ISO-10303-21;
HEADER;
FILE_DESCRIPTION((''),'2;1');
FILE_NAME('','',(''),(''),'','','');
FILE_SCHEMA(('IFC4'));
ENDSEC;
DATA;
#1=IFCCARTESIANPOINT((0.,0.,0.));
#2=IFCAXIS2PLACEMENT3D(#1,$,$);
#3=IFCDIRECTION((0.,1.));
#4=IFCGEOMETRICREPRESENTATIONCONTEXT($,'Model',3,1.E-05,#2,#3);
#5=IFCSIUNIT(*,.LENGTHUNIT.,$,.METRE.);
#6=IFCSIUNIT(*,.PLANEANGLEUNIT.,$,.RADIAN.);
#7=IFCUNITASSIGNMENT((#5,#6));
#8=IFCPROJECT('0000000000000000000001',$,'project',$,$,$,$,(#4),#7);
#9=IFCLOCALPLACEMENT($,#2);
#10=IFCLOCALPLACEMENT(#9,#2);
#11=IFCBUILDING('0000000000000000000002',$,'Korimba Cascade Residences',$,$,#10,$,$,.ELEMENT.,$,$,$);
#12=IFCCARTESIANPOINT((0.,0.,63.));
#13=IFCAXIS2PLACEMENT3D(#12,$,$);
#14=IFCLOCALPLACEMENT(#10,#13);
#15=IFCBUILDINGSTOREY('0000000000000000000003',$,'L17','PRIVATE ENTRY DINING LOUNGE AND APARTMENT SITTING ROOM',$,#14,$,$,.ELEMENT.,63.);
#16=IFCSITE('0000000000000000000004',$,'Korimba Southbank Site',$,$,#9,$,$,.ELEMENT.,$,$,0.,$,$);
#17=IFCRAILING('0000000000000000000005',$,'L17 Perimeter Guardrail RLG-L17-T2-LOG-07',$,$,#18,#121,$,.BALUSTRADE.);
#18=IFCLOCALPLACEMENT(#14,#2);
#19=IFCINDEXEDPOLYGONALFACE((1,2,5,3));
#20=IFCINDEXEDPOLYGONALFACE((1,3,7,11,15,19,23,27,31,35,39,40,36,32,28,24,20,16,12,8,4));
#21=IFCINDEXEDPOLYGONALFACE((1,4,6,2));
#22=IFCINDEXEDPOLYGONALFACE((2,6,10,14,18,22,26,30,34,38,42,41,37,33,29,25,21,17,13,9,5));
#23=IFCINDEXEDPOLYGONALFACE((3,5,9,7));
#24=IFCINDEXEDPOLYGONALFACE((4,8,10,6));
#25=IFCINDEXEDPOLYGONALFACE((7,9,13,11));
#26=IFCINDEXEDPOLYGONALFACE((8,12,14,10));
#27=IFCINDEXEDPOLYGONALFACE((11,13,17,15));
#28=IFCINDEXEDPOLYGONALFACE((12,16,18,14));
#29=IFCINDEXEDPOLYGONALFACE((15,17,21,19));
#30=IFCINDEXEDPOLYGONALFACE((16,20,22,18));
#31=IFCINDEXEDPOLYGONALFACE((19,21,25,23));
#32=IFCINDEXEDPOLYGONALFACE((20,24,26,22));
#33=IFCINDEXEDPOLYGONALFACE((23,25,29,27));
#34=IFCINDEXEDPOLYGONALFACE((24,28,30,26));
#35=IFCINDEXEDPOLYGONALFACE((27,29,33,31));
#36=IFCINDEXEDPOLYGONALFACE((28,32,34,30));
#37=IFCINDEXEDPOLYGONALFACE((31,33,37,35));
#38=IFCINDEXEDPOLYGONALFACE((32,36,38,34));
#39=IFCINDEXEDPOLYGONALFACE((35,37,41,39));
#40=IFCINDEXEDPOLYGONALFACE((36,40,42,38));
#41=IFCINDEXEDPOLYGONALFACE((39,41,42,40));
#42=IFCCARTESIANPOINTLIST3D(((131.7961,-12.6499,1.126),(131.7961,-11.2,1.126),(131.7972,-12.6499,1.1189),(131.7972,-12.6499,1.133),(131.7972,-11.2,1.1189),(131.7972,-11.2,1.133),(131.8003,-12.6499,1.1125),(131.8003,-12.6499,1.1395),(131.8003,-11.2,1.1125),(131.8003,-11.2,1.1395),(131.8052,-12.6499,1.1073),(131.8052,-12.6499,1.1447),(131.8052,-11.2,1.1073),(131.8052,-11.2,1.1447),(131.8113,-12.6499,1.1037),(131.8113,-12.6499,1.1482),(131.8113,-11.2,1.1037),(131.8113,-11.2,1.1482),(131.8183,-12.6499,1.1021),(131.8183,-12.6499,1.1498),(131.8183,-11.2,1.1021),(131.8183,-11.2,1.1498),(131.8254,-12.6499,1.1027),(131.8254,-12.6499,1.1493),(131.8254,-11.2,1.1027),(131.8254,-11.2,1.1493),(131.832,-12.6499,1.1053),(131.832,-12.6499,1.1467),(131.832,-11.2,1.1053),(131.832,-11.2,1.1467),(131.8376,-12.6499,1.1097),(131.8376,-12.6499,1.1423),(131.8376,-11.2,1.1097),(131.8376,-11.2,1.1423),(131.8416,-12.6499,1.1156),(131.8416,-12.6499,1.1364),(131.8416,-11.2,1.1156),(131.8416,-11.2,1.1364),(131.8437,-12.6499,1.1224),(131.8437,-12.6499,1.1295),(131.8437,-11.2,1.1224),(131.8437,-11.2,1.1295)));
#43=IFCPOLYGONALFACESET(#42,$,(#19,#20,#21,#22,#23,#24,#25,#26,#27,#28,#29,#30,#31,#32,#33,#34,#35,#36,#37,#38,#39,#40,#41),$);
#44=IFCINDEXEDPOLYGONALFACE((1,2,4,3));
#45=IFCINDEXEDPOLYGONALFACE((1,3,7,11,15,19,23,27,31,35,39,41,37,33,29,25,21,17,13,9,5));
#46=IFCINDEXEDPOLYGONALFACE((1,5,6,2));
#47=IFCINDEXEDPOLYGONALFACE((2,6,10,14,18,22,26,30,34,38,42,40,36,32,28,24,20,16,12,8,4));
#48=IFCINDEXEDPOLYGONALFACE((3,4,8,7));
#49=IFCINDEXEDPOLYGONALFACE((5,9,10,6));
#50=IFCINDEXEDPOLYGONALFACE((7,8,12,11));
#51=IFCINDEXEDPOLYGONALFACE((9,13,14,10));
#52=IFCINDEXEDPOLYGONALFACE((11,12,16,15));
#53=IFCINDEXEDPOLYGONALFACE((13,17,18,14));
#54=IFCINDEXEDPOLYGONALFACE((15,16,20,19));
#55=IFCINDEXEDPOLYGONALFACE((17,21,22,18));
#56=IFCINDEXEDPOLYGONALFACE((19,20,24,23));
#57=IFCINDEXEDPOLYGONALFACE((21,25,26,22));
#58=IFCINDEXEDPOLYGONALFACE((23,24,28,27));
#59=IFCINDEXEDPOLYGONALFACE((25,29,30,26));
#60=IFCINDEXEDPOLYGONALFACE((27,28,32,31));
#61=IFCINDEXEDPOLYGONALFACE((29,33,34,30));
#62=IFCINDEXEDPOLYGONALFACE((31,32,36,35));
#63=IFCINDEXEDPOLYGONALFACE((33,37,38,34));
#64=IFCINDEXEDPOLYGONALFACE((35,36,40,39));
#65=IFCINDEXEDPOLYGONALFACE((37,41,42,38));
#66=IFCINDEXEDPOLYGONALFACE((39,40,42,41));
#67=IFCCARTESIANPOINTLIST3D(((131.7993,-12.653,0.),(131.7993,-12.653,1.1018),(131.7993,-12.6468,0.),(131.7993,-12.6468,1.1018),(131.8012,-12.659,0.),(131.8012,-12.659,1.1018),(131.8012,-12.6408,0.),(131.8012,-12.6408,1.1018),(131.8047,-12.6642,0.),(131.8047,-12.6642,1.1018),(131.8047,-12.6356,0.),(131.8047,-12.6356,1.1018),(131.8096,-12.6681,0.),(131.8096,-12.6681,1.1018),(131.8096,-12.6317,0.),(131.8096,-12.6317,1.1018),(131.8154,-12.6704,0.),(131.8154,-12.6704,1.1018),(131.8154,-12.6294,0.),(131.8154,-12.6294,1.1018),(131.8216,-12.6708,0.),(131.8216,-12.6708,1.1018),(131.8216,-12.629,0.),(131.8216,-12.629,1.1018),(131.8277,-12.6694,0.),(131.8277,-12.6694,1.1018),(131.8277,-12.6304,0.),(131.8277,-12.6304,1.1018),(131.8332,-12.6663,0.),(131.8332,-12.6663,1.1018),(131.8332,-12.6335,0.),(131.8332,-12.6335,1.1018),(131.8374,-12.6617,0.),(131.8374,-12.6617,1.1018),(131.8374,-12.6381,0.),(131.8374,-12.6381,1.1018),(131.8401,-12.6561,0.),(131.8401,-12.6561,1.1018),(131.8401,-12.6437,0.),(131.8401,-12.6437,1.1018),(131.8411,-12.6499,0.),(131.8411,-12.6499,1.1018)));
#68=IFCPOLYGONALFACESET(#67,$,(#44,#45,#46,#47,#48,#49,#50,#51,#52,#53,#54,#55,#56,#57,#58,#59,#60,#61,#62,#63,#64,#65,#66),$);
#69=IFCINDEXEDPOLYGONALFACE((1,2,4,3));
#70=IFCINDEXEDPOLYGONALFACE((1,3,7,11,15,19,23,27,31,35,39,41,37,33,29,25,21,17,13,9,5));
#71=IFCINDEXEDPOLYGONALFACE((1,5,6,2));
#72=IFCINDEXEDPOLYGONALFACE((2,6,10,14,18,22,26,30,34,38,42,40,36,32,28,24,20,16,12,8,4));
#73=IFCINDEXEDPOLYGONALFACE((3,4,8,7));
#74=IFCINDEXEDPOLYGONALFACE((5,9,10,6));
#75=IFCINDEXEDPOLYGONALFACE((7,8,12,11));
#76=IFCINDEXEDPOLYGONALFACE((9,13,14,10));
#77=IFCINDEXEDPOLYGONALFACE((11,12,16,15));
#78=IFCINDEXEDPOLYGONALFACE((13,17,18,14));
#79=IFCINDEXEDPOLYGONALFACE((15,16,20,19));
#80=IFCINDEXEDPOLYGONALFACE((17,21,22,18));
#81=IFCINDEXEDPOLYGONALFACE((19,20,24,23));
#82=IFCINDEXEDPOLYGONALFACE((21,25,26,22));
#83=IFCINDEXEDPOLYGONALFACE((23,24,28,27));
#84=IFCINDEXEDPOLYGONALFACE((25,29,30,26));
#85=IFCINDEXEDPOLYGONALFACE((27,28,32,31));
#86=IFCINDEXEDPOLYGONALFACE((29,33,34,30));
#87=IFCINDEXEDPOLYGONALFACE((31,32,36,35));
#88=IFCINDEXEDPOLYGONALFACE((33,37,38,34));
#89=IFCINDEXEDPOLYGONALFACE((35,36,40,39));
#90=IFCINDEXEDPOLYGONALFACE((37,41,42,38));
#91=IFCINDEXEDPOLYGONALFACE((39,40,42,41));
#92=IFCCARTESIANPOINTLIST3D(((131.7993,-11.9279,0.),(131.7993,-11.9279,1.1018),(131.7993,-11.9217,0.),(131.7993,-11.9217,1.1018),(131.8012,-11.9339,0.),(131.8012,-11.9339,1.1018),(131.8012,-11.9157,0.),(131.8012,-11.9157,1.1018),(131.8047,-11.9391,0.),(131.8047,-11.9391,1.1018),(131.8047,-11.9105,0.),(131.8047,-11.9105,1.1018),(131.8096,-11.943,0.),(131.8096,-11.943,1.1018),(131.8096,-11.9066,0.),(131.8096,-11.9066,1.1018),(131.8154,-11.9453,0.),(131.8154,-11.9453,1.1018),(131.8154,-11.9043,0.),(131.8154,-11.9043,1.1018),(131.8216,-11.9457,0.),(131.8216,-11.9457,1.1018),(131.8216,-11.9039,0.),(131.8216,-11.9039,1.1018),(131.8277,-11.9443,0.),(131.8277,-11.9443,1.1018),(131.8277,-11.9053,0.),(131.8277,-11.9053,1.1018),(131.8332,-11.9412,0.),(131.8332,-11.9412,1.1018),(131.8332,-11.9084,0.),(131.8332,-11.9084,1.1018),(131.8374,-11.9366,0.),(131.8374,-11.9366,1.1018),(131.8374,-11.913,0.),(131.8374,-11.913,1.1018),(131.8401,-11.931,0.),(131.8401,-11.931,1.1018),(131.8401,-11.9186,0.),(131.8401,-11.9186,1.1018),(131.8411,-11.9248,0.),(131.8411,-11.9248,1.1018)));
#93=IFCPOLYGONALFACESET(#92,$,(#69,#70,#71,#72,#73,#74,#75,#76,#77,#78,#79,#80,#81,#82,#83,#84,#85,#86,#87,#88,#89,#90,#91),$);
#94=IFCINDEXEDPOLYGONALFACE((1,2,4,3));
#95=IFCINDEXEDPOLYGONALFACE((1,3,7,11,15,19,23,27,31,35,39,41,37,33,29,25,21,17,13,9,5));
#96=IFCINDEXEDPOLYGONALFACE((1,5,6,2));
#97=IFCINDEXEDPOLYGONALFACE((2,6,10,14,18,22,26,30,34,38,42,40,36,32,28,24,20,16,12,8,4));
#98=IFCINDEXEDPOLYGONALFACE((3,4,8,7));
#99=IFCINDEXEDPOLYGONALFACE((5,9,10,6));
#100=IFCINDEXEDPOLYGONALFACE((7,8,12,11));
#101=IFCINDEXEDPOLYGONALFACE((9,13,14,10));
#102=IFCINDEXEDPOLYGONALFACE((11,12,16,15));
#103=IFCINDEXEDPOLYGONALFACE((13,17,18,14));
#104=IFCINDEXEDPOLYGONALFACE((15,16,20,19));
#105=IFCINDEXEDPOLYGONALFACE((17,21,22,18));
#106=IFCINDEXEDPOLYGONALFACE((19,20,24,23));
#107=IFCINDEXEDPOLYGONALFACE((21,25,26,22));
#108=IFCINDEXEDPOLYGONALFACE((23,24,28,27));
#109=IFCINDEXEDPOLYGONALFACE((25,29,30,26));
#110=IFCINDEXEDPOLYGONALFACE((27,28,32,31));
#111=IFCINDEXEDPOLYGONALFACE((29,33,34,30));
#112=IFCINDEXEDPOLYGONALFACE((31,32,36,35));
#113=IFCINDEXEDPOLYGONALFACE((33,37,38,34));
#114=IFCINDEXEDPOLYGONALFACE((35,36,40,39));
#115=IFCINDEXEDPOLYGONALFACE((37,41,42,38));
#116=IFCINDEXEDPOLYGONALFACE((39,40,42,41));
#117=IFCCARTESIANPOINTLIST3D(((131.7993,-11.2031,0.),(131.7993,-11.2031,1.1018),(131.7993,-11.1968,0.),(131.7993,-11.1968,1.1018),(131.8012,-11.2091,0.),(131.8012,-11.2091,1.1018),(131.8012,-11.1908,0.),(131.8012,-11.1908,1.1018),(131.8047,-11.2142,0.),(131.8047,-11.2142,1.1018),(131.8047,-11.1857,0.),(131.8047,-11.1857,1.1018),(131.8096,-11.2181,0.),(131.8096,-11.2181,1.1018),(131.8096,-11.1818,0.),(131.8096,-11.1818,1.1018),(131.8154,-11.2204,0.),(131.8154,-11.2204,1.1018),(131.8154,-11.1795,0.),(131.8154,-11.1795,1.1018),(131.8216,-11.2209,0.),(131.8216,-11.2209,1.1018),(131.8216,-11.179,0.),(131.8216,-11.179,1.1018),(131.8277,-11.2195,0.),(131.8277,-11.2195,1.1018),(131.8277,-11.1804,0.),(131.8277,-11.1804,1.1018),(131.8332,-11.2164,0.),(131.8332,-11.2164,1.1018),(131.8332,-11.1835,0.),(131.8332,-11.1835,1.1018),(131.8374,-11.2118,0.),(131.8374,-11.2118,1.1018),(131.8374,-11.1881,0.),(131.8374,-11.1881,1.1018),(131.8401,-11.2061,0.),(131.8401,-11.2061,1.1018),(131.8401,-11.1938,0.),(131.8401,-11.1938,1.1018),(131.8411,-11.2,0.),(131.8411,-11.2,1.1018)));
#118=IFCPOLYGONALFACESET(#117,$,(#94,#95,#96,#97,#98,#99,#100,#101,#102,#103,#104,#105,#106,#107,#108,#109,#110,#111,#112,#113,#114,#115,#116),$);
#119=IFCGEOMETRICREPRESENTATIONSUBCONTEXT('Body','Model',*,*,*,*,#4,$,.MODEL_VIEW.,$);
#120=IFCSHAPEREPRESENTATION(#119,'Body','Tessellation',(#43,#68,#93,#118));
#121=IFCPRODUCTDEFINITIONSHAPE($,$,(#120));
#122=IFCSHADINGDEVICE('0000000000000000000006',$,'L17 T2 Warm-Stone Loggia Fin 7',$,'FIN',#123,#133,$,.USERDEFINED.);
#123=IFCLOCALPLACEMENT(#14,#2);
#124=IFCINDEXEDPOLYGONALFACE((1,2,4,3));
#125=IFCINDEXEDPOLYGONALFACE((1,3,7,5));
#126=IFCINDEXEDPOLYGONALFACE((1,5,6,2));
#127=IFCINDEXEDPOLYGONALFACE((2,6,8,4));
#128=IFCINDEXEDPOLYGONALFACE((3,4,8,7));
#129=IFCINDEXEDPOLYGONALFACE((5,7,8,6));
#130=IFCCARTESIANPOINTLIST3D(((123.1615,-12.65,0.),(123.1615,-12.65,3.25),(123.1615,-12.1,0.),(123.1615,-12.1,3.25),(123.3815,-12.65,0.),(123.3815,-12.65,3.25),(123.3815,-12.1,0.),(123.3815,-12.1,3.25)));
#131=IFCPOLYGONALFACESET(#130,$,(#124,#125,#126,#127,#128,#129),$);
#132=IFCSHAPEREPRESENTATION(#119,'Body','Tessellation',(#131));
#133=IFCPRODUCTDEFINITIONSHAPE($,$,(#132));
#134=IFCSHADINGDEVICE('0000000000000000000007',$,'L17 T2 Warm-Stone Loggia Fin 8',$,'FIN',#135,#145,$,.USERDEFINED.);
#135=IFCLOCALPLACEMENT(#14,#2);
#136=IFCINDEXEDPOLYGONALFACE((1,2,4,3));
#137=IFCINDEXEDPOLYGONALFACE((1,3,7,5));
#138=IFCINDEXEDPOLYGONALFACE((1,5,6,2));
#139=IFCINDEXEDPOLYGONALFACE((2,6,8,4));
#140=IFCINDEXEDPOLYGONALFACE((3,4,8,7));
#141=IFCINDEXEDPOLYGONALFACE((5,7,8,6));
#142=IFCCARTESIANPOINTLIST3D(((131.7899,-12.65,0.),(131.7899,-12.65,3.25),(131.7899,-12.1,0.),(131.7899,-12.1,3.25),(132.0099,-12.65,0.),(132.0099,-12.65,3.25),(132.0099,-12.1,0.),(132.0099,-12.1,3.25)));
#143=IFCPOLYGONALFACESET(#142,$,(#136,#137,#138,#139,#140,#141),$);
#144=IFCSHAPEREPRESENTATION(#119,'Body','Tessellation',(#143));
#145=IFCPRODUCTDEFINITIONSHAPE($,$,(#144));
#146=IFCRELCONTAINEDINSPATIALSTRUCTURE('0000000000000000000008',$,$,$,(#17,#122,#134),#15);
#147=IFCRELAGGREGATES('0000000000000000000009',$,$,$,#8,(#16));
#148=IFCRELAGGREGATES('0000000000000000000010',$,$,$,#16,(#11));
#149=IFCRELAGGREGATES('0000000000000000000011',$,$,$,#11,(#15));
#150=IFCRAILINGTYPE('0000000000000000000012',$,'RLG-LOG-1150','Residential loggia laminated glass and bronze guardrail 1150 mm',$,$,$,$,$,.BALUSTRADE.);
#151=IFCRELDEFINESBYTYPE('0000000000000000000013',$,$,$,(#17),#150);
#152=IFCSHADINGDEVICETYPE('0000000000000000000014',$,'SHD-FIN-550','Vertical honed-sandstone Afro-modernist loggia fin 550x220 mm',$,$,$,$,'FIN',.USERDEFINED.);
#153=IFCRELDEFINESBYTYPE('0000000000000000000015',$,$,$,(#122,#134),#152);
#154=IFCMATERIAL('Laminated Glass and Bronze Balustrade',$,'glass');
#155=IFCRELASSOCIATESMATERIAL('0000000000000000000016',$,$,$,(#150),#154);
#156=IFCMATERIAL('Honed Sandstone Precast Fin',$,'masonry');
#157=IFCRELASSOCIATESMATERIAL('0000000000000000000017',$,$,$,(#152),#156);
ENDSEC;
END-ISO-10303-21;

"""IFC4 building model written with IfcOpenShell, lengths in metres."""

from ifc_helpers import new_model, si_unit, direction, frame, origin, origin_2d, place, context, subcontext, project, spatial, rectangle, circle, extrude, material, type_object, element, save


model = new_model("IFC4")

# Units and contexts
model_context = context("Model", 3, precision=1e-05, world=origin(), true_north=direction((0.0, 1.0)))
body_context = subcontext(model_context, "Body", "Model", "MODEL_VIEW")
ifc_project = project(units=[si_unit("LENGTHUNIT", "METRE"), si_unit("PLANEANGLEUNIT", "RADIAN")], contexts=[model_context])

# Site, building, storey
site_placement = place(None, origin())
site = spatial("IfcSite", under=ifc_project, at=site_placement, Name="Korimba Southbank Site", CompositionType="ELEMENT", RefElevation=0.0)
building_placement = place(site_placement, origin())
building = spatial("IfcBuilding", under=site, at=building_placement, Name="Korimba Cascade Residences", CompositionType="ELEMENT")
storey_placement = place(building_placement, frame((0.0, 0.0, 63.0)))
storey = spatial("IfcBuildingStorey", under=building, at=storey_placement, Name="L17", Description="PRIVATE ENTRY DINING LOUNGE AND APARTMENT SITTING ROOM", CompositionType="ELEMENT", Elevation=63.0)

# Railing
ifc_material_1 = material(Name="Laminated Glass and Bronze Balustrade", Category="glass")
railing_type = type_object("IfcRailingType", Name="RLG-LOG-1150", Description="Residential loggia laminated glass and bronze guardrail 1150 mm", PredefinedType="BALUSTRADE", material=ifc_material_1)
railing_placement = place(storey_placement, frame((131.8201, -12.6499, 0.0)))
element("IfcRailing", 1, at=railing_placement, inside=storey, type_object=railing_type, Name="L17 Perimeter Guardrail RLG-L17-T2-LOG-07", PredefinedType="BALUSTRADE", context=body_context, shape_type="SweptSolid", body=[
    extrude(circle(Radius=0.0239, at=origin_2d()), frame((0.0, 0.0, 1.126), z_axis=(0.0, 1.0, 0.0), x_axis=(-1.0, 0.0, 0.0)), (0.0, 0.0, 1.0), 1.45),
    extrude(circle(Radius=0.021, at=origin_2d()), origin(), (0.0, 0.0, 1.0), 1.1018),
    extrude(circle(Radius=0.021, at=origin_2d()), frame((0.0, 0.7251, 0.0)), (0.0, 0.0, 1.0), 1.1018),
    extrude(circle(Radius=0.021, at=origin_2d()), frame((0.0, 1.45, 0.0)), (0.0, 0.0, 1.0), 1.1018),
])

# Shading devices
ifc_material_2 = material(Name="Honed Sandstone Precast Fin", Category="masonry")
shading_device_type = type_object("IfcShadingDeviceType", Name="SHD-FIN-550", Description="Vertical honed-sandstone Afro-modernist loggia fin 550x220 mm", ElementType="FIN", PredefinedType="USERDEFINED", material=ifc_material_2)
for number, where, z_axis, x_axis, name in (
    (2, (123.2715, -12.375, 0.0), (0.0, 0.0, 1.0), (1.0, 0.0, 0.0), "L17 T2 Warm-Stone Loggia Fin 7"),
    (3, (131.8999, -12.375, 0.0), (0.0, 0.0, 1.0), (1.0, 0.0, 0.0), "L17 T2 Warm-Stone Loggia Fin 8"),
):
    element("IfcShadingDevice", number, at=place(storey_placement, frame(where, z_axis=z_axis, x_axis=x_axis)), inside=storey, type_object=shading_device_type, Name=name, ObjectType="FIN", PredefinedType="USERDEFINED", context=body_context, shape_type="SweptSolid", body=[
        extrude(rectangle(XDim=0.22, YDim=0.55, at=origin_2d()), origin(), (0.0, 0.0, 1.0), 3.25),
    ])

save(model, "model.ifc")
